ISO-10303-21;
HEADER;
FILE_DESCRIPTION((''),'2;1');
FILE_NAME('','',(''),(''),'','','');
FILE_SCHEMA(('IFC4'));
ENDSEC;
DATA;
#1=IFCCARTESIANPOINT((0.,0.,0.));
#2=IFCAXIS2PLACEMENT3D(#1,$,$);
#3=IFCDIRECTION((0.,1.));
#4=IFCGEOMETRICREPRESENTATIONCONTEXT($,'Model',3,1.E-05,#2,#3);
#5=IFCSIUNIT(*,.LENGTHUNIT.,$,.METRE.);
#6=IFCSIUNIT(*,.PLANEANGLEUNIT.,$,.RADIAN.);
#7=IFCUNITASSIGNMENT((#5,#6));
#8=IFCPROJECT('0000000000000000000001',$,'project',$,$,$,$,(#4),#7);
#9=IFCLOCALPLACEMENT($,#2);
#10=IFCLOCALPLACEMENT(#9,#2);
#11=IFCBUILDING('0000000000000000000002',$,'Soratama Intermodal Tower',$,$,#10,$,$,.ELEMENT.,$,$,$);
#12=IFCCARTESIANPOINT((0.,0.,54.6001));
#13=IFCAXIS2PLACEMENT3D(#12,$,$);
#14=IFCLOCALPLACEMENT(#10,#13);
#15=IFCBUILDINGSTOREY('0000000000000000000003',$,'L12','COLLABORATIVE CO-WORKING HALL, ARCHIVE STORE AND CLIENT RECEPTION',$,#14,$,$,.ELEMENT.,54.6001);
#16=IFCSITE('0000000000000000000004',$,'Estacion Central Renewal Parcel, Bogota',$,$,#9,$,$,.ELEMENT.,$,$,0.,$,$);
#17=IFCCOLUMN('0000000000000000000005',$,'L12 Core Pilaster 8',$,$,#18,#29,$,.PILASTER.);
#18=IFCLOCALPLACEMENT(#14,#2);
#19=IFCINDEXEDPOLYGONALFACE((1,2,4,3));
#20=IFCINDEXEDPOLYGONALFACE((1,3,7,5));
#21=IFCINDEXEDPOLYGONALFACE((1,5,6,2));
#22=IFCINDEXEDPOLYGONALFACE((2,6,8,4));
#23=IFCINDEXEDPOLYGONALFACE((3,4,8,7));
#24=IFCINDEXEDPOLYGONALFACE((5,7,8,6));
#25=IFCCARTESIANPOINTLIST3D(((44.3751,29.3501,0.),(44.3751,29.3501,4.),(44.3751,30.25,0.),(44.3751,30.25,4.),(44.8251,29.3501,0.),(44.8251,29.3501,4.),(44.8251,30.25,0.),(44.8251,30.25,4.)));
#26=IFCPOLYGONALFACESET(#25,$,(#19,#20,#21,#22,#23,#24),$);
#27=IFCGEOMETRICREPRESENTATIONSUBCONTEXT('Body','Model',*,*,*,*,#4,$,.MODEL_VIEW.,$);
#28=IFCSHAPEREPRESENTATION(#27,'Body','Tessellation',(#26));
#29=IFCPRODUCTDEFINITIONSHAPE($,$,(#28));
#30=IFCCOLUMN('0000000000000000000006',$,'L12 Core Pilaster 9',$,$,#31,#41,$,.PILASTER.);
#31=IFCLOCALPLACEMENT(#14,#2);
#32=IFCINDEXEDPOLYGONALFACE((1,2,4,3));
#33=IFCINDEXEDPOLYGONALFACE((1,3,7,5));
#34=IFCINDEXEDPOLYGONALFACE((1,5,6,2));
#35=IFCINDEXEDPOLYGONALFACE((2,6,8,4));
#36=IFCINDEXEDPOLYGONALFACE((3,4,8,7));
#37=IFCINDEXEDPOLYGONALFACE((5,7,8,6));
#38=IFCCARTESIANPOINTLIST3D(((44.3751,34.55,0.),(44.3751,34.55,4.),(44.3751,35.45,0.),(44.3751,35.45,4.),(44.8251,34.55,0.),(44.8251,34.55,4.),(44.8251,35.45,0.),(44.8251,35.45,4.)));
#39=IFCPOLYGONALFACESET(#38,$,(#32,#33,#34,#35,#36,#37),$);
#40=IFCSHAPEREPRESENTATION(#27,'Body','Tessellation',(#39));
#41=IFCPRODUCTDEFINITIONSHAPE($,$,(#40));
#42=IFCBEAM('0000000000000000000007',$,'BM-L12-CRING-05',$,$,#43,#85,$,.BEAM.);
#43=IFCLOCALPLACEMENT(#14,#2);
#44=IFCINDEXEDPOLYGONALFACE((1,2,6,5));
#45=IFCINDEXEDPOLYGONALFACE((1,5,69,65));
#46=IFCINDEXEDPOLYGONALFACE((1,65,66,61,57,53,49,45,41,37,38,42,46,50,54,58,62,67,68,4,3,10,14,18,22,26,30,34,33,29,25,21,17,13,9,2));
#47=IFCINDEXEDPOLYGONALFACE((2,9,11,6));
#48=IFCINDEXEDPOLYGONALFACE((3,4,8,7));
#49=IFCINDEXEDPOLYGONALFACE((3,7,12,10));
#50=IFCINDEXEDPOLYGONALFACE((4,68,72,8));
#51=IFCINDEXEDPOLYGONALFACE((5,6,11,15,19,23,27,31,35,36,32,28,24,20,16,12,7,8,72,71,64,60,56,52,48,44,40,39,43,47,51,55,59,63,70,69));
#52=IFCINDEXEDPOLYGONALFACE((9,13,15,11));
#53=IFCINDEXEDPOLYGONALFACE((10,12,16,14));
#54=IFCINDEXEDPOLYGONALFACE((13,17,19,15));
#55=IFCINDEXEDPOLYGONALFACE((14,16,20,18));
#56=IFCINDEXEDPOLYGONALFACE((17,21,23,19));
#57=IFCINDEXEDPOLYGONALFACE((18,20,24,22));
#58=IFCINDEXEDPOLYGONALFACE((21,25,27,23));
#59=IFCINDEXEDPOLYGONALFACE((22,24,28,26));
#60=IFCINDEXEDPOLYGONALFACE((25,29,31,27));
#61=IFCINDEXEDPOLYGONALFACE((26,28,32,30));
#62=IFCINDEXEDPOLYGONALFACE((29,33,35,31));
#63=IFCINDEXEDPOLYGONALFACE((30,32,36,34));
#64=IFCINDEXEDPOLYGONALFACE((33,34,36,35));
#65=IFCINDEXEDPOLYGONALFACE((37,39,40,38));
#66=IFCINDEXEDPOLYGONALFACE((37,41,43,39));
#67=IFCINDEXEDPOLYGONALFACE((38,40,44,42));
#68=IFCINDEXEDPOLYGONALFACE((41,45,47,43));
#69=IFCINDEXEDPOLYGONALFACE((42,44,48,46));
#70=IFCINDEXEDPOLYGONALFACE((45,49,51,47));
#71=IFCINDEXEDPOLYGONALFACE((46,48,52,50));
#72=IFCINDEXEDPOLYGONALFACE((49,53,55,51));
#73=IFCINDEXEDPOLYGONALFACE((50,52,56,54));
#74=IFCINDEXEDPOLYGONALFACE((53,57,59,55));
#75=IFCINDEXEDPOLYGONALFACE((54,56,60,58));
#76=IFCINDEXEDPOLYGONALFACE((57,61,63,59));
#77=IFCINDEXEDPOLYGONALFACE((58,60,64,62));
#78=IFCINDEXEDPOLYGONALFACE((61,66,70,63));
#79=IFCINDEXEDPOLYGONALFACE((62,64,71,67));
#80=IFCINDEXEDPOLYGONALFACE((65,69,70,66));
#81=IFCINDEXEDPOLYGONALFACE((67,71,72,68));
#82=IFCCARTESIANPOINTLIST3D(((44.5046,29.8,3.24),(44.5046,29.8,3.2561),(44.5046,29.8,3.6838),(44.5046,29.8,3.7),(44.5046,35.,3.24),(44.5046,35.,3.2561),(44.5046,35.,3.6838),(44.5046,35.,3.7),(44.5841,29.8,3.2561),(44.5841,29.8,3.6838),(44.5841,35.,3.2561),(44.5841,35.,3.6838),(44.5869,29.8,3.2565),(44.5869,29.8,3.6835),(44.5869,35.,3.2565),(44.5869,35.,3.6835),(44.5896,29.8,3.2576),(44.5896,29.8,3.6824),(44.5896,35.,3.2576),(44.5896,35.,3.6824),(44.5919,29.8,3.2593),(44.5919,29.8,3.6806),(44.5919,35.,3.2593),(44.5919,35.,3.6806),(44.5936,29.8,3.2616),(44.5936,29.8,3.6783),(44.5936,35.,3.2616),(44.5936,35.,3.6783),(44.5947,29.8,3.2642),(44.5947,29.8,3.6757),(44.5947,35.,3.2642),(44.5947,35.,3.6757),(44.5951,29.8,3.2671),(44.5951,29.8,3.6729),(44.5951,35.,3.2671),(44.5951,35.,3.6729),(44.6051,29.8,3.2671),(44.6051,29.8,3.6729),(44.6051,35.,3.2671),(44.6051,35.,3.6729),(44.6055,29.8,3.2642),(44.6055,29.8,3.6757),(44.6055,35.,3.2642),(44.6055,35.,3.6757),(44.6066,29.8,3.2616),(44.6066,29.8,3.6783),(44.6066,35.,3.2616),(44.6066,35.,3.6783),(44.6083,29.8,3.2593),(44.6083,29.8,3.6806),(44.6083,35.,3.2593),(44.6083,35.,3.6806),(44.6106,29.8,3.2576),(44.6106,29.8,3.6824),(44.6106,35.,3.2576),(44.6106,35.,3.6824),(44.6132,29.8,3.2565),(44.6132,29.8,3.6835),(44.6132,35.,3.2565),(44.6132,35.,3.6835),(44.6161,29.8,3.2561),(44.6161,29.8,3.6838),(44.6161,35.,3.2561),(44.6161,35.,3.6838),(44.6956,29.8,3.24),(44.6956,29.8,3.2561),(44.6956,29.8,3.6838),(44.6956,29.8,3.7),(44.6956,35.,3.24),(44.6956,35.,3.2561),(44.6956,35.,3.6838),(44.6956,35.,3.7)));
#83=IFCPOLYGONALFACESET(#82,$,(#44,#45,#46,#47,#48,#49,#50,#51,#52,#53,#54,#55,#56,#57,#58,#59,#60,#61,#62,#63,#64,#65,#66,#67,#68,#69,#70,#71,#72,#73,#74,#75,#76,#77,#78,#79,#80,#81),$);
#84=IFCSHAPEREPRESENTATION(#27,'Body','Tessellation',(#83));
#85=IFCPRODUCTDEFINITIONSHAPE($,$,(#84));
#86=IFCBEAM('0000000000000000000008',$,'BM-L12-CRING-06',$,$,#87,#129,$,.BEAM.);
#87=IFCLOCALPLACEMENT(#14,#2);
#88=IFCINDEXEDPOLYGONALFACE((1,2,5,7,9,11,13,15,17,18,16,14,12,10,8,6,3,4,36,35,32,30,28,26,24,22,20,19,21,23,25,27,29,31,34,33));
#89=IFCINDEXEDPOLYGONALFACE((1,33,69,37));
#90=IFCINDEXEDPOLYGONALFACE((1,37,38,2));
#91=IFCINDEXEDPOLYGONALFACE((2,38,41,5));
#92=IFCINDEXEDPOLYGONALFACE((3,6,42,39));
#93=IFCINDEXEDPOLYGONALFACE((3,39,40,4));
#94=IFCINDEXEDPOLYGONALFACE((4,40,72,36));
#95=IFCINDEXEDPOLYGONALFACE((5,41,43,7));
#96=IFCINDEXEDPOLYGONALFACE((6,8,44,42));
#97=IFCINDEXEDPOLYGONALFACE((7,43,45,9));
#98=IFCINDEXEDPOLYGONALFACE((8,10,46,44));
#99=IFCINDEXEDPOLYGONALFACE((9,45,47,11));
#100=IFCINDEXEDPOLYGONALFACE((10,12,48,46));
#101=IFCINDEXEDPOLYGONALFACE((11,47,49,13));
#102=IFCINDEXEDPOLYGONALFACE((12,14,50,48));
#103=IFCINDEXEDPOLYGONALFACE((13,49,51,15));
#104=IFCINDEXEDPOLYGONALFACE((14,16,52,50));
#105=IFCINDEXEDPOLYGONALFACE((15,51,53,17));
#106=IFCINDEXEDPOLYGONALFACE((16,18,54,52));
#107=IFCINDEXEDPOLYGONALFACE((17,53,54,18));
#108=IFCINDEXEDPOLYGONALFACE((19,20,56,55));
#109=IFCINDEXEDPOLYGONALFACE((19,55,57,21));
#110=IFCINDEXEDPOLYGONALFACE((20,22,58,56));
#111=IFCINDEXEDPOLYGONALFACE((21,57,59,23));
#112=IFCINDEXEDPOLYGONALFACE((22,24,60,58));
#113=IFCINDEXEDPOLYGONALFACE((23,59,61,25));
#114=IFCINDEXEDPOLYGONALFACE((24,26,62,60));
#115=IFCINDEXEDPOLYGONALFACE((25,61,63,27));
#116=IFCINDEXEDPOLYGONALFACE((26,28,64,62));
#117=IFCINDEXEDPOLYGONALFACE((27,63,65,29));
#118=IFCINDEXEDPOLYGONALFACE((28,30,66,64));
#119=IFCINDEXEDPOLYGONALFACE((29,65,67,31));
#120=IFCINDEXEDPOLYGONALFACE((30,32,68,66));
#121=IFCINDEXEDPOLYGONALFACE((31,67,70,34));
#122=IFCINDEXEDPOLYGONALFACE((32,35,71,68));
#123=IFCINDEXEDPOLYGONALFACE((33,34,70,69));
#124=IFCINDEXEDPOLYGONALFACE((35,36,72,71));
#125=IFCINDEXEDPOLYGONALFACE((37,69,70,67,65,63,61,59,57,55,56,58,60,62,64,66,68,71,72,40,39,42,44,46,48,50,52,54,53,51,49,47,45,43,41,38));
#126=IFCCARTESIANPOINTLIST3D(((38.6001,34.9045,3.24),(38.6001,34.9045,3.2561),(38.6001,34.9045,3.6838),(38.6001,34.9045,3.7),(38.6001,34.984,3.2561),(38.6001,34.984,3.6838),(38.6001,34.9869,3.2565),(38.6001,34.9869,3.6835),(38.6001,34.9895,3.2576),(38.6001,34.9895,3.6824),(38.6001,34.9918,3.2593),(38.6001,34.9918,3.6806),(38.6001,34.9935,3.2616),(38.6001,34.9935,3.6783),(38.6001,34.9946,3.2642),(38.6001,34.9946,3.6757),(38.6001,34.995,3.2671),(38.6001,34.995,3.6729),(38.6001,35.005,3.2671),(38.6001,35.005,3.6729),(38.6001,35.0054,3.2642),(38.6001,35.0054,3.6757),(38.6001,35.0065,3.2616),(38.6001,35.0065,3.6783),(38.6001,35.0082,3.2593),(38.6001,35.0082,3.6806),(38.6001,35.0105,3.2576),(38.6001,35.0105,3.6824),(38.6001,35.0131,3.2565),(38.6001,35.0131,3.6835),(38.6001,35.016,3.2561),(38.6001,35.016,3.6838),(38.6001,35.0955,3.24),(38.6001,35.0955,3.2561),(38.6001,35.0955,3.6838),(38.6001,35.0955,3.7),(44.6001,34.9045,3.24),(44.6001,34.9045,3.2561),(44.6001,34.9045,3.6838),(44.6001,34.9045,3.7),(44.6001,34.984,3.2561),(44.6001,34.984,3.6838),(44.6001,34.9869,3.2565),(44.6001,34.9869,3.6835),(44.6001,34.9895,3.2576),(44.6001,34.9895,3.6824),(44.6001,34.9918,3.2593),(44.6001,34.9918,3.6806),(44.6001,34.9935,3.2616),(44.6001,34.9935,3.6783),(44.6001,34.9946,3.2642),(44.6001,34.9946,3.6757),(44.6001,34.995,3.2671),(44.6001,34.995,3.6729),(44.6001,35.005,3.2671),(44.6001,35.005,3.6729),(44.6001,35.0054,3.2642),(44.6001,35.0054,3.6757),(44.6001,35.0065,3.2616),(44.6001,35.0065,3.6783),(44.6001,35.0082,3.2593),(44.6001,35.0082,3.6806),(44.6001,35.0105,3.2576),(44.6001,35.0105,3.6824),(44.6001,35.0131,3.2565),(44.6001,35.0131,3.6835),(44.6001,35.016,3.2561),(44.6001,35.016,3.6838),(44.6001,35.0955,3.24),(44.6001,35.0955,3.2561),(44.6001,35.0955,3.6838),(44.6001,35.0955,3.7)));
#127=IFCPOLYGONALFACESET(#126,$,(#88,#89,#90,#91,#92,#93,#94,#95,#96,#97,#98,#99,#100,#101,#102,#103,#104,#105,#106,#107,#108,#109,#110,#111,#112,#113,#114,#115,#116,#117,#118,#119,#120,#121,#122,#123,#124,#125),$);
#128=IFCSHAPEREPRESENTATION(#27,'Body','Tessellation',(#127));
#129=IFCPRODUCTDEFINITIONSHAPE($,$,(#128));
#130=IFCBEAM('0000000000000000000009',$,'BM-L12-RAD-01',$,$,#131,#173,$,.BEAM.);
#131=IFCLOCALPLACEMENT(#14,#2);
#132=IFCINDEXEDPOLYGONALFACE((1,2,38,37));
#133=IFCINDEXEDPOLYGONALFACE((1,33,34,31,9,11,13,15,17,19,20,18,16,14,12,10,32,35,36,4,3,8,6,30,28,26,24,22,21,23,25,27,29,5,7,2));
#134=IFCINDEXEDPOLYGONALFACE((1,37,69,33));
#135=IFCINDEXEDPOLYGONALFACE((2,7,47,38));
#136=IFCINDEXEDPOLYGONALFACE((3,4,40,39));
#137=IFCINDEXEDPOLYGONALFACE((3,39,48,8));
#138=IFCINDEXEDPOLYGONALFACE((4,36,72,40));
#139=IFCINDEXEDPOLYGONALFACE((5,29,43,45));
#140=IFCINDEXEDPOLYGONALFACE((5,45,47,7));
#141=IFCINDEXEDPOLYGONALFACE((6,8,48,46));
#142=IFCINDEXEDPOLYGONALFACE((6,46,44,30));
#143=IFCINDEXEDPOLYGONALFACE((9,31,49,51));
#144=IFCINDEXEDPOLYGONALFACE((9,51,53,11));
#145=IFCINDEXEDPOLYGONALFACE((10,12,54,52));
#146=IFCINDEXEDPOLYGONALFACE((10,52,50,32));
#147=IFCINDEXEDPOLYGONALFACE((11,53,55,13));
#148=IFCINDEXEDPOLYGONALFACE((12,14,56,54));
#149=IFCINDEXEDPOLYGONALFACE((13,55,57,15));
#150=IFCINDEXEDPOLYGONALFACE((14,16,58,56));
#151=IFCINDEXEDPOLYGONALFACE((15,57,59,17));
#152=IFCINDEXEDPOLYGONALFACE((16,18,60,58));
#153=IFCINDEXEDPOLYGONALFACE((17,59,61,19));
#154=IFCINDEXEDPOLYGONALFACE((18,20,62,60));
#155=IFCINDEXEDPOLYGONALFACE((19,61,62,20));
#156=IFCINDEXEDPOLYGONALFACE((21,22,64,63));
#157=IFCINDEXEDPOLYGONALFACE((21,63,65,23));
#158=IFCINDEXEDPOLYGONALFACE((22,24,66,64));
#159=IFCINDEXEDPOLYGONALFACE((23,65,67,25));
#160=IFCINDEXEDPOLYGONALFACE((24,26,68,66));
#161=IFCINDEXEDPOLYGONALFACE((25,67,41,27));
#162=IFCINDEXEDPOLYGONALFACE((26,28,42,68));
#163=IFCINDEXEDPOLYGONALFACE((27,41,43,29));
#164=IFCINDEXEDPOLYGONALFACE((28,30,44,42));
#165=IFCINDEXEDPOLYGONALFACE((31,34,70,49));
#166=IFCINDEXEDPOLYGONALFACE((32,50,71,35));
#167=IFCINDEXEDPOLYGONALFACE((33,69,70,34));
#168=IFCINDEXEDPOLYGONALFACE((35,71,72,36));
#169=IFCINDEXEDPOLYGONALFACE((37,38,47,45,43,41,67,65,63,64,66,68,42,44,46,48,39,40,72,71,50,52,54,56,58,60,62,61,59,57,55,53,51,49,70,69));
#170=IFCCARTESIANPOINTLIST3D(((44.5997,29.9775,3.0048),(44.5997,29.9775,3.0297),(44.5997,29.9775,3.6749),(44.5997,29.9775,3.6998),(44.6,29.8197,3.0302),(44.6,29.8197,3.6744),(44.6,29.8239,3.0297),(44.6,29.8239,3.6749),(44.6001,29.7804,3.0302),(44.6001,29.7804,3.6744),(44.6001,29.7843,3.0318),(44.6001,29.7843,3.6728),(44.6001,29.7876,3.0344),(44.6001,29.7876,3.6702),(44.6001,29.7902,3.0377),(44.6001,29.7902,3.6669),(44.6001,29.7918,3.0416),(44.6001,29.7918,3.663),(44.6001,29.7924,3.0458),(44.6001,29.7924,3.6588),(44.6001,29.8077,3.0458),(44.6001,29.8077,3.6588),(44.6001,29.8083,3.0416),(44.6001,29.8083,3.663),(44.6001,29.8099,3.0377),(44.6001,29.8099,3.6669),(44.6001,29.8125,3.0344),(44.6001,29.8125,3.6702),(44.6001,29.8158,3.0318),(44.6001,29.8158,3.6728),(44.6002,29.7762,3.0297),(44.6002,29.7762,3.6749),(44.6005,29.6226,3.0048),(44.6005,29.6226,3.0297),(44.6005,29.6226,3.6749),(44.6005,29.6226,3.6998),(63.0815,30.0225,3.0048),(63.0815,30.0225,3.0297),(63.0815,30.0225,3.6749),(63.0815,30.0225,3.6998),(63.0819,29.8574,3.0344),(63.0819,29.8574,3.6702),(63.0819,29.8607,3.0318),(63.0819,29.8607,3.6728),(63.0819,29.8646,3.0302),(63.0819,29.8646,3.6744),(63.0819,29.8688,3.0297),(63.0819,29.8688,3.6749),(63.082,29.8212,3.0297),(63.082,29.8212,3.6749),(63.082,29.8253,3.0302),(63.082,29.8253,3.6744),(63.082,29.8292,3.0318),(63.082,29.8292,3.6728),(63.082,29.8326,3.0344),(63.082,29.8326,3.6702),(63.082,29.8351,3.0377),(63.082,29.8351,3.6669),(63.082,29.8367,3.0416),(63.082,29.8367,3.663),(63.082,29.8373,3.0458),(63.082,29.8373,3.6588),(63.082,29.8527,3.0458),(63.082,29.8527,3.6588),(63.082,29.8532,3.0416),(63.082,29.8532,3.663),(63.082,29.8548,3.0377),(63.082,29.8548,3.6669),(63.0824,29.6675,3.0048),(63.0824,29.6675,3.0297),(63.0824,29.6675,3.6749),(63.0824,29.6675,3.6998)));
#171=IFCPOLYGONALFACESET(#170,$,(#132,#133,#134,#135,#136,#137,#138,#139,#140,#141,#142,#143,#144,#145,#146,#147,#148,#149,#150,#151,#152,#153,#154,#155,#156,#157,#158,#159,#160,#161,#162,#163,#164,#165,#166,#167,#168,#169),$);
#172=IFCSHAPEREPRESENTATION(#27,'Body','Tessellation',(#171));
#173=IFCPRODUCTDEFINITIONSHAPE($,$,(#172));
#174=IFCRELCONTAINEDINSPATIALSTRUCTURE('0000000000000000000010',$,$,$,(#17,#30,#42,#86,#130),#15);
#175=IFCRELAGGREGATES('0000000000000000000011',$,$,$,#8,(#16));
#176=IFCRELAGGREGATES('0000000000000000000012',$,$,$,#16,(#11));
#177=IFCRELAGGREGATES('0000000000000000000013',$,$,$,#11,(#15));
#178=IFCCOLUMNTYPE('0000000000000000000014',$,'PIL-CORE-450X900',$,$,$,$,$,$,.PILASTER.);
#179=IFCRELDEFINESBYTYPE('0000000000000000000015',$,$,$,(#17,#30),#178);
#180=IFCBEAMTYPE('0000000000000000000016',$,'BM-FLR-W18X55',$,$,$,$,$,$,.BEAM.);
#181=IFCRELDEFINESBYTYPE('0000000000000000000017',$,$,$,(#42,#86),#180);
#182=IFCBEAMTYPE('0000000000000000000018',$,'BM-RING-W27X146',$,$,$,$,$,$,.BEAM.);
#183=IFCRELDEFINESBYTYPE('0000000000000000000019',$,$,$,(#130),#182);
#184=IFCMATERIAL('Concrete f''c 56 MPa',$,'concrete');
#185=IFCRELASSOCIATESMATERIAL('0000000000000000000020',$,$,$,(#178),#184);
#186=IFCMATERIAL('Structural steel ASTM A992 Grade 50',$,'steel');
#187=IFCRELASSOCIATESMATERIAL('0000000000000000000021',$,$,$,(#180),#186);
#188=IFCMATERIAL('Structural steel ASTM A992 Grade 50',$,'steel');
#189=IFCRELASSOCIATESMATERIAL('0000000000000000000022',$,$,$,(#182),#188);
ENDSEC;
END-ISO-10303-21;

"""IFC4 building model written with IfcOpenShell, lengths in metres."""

from ifc_helpers import new_model, si_unit, direction, frame, origin, origin_2d, place, context, subcontext, project, spatial, rectangle, i_section, extrude, material, material_profile, profile_set, type_object, element, save


model = new_model("IFC4")

# Units and contexts
model_context = context("Model", 3, precision=1e-05, world=origin(), true_north=direction((0.0, 1.0)))
body_context = subcontext(model_context, "Body", "Model", "MODEL_VIEW")
ifc_project = project(units=[si_unit("LENGTHUNIT", "METRE"), si_unit("PLANEANGLEUNIT", "RADIAN")], contexts=[model_context])

# Site, building, storey
site_placement = place(None, origin())
site = spatial("IfcSite", under=ifc_project, at=site_placement, Name="Estacion Central Renewal Parcel, Bogota", CompositionType="ELEMENT", RefElevation=0.0)
building_placement = place(site_placement, origin())
building = spatial("IfcBuilding", under=site, at=building_placement, Name="Soratama Intermodal Tower", CompositionType="ELEMENT")
storey_placement = place(building_placement, frame((0.0, 0.0, 54.6001)))
storey = spatial("IfcBuildingStorey", under=building, at=storey_placement, Name="L12", Description="COLLABORATIVE CO-WORKING HALL, ARCHIVE STORE AND CLIENT RECEPTION", CompositionType="ELEMENT", Elevation=54.6001)

# Columns
ifc_material_1 = material(Name="Concrete f'c 56 MPa", Category="concrete")
ifc_material_profile_1 = material_profile(ifc_material_1, rectangle(XDim=0.45, YDim=0.8999, at=origin_2d()), Name="RC450X900")
ifc_profile_set_1 = profile_set([ifc_material_profile_1], Name="Concrete f'c 56 MPa")
column_type = type_object("IfcColumnType", Name="PIL-CORE-450X900", PredefinedType="PILASTER", material=ifc_profile_set_1)
for number, where, z_axis, x_axis, name in (
    (1, (44.6001, 29.8, 0.0), (0.0, 0.0, 1.0), (1.0, 0.0, 0.0), "L12 Core Pilaster 8"),
    (2, (44.6001, 35.0, 0.0), (0.0, 0.0, 1.0), (1.0, 0.0, 0.0), "L12 Core Pilaster 9"),
):
    element("IfcColumn", number, at=place(storey_placement, frame(where, z_axis=z_axis, x_axis=x_axis)), inside=storey, type_object=column_type, Name=name, PredefinedType="PILASTER", context=body_context, shape_type="SweptSolid", body=[
        extrude(rectangle(XDim=0.45, YDim=0.8999, at=origin_2d()), origin(), (0.0, 0.0, 1.0), 4.0),
    ])

# Beams
ifc_material_2 = material(Name="Structural steel ASTM A992 Grade 50", Category="steel")
ifc_material_profile_2 = material_profile(ifc_material_2, i_section(OverallWidth=0.1909, OverallDepth=0.46, WebThickness=0.01, FlangeThickness=0.0161, FilletRadius=0.011, at=origin_2d()), Name="W18X55")
ifc_profile_set_2 = profile_set([ifc_material_profile_2], Name="Structural steel ASTM A992 Grade 50")
beam_type_1 = type_object("IfcBeamType", Name="BM-FLR-W18X55", PredefinedType="BEAM", material=ifc_profile_set_2)
beam_1_placement = place(storey_placement, frame((44.6001, 29.8, 3.47), z_axis=(0.0, 1.0, 0.0), x_axis=(-1.0, 0.0, 0.0)))
element("IfcBeam", 3, at=beam_1_placement, inside=storey, type_object=beam_type_1, Name="BM-L12-CRING-05", PredefinedType="BEAM", context=body_context, shape_type="SweptSolid", body=[
    extrude(i_section(OverallWidth=0.1909, OverallDepth=0.46, WebThickness=0.01, FlangeThickness=0.0161, FilletRadius=0.011, at=origin_2d()), origin(), (0.0, 0.0, 1.0), 5.2),
])
beam_2_placement = place(storey_placement, frame((44.6001, 35.0, 3.47), z_axis=(-1.0, 0.0, 0.0), x_axis=(0.0, -1.0, 0.0)))
element("IfcBeam", 4, at=beam_2_placement, inside=storey, type_object=beam_type_1, Name="BM-L12-CRING-06", PredefinedType="BEAM", context=body_context, shape_type="SweptSolid", body=[
    extrude(i_section(OverallWidth=0.1909, OverallDepth=0.46, WebThickness=0.01, FlangeThickness=0.0161, FilletRadius=0.011, at=origin_2d()), origin(), (0.0, 0.0, 1.0), 6.0),
])
ifc_material_3 = material(Name="Structural steel ASTM A992 Grade 50", Category="steel")
ifc_material_profile_3 = material_profile(ifc_material_3, i_section(OverallWidth=0.355, OverallDepth=0.6951, WebThickness=0.0154, FlangeThickness=0.0249, FilletRadius=0.0161, at=origin_2d()), Name="W27X146")
ifc_profile_set_3 = profile_set([ifc_material_profile_3], Name="Structural steel ASTM A992 Grade 50")
beam_type_2 = type_object("IfcBeamType", Name="BM-RING-W27X146", PredefinedType="BEAM", material=ifc_profile_set_3)
beam_3_placement = place(storey_placement, frame((44.6001, 29.8, 3.3523), z_axis=(0.999997, 0.002431, 0.0), x_axis=(-0.002431, 0.999997, 0.0)))
element("IfcBeam", 5, at=beam_3_placement, inside=storey, type_object=beam_type_2, Name="BM-L12-RAD-01", PredefinedType="BEAM", context=body_context, shape_type="SweptSolid", body=[
    extrude(i_section(OverallWidth=0.355, OverallDepth=0.6951, WebThickness=0.0154, FlangeThickness=0.0249, FilletRadius=0.0161, at=origin_2d()), origin(), (0.0, 0.0, 1.0), 18.4819),
])

save(model, "model.ifc")
